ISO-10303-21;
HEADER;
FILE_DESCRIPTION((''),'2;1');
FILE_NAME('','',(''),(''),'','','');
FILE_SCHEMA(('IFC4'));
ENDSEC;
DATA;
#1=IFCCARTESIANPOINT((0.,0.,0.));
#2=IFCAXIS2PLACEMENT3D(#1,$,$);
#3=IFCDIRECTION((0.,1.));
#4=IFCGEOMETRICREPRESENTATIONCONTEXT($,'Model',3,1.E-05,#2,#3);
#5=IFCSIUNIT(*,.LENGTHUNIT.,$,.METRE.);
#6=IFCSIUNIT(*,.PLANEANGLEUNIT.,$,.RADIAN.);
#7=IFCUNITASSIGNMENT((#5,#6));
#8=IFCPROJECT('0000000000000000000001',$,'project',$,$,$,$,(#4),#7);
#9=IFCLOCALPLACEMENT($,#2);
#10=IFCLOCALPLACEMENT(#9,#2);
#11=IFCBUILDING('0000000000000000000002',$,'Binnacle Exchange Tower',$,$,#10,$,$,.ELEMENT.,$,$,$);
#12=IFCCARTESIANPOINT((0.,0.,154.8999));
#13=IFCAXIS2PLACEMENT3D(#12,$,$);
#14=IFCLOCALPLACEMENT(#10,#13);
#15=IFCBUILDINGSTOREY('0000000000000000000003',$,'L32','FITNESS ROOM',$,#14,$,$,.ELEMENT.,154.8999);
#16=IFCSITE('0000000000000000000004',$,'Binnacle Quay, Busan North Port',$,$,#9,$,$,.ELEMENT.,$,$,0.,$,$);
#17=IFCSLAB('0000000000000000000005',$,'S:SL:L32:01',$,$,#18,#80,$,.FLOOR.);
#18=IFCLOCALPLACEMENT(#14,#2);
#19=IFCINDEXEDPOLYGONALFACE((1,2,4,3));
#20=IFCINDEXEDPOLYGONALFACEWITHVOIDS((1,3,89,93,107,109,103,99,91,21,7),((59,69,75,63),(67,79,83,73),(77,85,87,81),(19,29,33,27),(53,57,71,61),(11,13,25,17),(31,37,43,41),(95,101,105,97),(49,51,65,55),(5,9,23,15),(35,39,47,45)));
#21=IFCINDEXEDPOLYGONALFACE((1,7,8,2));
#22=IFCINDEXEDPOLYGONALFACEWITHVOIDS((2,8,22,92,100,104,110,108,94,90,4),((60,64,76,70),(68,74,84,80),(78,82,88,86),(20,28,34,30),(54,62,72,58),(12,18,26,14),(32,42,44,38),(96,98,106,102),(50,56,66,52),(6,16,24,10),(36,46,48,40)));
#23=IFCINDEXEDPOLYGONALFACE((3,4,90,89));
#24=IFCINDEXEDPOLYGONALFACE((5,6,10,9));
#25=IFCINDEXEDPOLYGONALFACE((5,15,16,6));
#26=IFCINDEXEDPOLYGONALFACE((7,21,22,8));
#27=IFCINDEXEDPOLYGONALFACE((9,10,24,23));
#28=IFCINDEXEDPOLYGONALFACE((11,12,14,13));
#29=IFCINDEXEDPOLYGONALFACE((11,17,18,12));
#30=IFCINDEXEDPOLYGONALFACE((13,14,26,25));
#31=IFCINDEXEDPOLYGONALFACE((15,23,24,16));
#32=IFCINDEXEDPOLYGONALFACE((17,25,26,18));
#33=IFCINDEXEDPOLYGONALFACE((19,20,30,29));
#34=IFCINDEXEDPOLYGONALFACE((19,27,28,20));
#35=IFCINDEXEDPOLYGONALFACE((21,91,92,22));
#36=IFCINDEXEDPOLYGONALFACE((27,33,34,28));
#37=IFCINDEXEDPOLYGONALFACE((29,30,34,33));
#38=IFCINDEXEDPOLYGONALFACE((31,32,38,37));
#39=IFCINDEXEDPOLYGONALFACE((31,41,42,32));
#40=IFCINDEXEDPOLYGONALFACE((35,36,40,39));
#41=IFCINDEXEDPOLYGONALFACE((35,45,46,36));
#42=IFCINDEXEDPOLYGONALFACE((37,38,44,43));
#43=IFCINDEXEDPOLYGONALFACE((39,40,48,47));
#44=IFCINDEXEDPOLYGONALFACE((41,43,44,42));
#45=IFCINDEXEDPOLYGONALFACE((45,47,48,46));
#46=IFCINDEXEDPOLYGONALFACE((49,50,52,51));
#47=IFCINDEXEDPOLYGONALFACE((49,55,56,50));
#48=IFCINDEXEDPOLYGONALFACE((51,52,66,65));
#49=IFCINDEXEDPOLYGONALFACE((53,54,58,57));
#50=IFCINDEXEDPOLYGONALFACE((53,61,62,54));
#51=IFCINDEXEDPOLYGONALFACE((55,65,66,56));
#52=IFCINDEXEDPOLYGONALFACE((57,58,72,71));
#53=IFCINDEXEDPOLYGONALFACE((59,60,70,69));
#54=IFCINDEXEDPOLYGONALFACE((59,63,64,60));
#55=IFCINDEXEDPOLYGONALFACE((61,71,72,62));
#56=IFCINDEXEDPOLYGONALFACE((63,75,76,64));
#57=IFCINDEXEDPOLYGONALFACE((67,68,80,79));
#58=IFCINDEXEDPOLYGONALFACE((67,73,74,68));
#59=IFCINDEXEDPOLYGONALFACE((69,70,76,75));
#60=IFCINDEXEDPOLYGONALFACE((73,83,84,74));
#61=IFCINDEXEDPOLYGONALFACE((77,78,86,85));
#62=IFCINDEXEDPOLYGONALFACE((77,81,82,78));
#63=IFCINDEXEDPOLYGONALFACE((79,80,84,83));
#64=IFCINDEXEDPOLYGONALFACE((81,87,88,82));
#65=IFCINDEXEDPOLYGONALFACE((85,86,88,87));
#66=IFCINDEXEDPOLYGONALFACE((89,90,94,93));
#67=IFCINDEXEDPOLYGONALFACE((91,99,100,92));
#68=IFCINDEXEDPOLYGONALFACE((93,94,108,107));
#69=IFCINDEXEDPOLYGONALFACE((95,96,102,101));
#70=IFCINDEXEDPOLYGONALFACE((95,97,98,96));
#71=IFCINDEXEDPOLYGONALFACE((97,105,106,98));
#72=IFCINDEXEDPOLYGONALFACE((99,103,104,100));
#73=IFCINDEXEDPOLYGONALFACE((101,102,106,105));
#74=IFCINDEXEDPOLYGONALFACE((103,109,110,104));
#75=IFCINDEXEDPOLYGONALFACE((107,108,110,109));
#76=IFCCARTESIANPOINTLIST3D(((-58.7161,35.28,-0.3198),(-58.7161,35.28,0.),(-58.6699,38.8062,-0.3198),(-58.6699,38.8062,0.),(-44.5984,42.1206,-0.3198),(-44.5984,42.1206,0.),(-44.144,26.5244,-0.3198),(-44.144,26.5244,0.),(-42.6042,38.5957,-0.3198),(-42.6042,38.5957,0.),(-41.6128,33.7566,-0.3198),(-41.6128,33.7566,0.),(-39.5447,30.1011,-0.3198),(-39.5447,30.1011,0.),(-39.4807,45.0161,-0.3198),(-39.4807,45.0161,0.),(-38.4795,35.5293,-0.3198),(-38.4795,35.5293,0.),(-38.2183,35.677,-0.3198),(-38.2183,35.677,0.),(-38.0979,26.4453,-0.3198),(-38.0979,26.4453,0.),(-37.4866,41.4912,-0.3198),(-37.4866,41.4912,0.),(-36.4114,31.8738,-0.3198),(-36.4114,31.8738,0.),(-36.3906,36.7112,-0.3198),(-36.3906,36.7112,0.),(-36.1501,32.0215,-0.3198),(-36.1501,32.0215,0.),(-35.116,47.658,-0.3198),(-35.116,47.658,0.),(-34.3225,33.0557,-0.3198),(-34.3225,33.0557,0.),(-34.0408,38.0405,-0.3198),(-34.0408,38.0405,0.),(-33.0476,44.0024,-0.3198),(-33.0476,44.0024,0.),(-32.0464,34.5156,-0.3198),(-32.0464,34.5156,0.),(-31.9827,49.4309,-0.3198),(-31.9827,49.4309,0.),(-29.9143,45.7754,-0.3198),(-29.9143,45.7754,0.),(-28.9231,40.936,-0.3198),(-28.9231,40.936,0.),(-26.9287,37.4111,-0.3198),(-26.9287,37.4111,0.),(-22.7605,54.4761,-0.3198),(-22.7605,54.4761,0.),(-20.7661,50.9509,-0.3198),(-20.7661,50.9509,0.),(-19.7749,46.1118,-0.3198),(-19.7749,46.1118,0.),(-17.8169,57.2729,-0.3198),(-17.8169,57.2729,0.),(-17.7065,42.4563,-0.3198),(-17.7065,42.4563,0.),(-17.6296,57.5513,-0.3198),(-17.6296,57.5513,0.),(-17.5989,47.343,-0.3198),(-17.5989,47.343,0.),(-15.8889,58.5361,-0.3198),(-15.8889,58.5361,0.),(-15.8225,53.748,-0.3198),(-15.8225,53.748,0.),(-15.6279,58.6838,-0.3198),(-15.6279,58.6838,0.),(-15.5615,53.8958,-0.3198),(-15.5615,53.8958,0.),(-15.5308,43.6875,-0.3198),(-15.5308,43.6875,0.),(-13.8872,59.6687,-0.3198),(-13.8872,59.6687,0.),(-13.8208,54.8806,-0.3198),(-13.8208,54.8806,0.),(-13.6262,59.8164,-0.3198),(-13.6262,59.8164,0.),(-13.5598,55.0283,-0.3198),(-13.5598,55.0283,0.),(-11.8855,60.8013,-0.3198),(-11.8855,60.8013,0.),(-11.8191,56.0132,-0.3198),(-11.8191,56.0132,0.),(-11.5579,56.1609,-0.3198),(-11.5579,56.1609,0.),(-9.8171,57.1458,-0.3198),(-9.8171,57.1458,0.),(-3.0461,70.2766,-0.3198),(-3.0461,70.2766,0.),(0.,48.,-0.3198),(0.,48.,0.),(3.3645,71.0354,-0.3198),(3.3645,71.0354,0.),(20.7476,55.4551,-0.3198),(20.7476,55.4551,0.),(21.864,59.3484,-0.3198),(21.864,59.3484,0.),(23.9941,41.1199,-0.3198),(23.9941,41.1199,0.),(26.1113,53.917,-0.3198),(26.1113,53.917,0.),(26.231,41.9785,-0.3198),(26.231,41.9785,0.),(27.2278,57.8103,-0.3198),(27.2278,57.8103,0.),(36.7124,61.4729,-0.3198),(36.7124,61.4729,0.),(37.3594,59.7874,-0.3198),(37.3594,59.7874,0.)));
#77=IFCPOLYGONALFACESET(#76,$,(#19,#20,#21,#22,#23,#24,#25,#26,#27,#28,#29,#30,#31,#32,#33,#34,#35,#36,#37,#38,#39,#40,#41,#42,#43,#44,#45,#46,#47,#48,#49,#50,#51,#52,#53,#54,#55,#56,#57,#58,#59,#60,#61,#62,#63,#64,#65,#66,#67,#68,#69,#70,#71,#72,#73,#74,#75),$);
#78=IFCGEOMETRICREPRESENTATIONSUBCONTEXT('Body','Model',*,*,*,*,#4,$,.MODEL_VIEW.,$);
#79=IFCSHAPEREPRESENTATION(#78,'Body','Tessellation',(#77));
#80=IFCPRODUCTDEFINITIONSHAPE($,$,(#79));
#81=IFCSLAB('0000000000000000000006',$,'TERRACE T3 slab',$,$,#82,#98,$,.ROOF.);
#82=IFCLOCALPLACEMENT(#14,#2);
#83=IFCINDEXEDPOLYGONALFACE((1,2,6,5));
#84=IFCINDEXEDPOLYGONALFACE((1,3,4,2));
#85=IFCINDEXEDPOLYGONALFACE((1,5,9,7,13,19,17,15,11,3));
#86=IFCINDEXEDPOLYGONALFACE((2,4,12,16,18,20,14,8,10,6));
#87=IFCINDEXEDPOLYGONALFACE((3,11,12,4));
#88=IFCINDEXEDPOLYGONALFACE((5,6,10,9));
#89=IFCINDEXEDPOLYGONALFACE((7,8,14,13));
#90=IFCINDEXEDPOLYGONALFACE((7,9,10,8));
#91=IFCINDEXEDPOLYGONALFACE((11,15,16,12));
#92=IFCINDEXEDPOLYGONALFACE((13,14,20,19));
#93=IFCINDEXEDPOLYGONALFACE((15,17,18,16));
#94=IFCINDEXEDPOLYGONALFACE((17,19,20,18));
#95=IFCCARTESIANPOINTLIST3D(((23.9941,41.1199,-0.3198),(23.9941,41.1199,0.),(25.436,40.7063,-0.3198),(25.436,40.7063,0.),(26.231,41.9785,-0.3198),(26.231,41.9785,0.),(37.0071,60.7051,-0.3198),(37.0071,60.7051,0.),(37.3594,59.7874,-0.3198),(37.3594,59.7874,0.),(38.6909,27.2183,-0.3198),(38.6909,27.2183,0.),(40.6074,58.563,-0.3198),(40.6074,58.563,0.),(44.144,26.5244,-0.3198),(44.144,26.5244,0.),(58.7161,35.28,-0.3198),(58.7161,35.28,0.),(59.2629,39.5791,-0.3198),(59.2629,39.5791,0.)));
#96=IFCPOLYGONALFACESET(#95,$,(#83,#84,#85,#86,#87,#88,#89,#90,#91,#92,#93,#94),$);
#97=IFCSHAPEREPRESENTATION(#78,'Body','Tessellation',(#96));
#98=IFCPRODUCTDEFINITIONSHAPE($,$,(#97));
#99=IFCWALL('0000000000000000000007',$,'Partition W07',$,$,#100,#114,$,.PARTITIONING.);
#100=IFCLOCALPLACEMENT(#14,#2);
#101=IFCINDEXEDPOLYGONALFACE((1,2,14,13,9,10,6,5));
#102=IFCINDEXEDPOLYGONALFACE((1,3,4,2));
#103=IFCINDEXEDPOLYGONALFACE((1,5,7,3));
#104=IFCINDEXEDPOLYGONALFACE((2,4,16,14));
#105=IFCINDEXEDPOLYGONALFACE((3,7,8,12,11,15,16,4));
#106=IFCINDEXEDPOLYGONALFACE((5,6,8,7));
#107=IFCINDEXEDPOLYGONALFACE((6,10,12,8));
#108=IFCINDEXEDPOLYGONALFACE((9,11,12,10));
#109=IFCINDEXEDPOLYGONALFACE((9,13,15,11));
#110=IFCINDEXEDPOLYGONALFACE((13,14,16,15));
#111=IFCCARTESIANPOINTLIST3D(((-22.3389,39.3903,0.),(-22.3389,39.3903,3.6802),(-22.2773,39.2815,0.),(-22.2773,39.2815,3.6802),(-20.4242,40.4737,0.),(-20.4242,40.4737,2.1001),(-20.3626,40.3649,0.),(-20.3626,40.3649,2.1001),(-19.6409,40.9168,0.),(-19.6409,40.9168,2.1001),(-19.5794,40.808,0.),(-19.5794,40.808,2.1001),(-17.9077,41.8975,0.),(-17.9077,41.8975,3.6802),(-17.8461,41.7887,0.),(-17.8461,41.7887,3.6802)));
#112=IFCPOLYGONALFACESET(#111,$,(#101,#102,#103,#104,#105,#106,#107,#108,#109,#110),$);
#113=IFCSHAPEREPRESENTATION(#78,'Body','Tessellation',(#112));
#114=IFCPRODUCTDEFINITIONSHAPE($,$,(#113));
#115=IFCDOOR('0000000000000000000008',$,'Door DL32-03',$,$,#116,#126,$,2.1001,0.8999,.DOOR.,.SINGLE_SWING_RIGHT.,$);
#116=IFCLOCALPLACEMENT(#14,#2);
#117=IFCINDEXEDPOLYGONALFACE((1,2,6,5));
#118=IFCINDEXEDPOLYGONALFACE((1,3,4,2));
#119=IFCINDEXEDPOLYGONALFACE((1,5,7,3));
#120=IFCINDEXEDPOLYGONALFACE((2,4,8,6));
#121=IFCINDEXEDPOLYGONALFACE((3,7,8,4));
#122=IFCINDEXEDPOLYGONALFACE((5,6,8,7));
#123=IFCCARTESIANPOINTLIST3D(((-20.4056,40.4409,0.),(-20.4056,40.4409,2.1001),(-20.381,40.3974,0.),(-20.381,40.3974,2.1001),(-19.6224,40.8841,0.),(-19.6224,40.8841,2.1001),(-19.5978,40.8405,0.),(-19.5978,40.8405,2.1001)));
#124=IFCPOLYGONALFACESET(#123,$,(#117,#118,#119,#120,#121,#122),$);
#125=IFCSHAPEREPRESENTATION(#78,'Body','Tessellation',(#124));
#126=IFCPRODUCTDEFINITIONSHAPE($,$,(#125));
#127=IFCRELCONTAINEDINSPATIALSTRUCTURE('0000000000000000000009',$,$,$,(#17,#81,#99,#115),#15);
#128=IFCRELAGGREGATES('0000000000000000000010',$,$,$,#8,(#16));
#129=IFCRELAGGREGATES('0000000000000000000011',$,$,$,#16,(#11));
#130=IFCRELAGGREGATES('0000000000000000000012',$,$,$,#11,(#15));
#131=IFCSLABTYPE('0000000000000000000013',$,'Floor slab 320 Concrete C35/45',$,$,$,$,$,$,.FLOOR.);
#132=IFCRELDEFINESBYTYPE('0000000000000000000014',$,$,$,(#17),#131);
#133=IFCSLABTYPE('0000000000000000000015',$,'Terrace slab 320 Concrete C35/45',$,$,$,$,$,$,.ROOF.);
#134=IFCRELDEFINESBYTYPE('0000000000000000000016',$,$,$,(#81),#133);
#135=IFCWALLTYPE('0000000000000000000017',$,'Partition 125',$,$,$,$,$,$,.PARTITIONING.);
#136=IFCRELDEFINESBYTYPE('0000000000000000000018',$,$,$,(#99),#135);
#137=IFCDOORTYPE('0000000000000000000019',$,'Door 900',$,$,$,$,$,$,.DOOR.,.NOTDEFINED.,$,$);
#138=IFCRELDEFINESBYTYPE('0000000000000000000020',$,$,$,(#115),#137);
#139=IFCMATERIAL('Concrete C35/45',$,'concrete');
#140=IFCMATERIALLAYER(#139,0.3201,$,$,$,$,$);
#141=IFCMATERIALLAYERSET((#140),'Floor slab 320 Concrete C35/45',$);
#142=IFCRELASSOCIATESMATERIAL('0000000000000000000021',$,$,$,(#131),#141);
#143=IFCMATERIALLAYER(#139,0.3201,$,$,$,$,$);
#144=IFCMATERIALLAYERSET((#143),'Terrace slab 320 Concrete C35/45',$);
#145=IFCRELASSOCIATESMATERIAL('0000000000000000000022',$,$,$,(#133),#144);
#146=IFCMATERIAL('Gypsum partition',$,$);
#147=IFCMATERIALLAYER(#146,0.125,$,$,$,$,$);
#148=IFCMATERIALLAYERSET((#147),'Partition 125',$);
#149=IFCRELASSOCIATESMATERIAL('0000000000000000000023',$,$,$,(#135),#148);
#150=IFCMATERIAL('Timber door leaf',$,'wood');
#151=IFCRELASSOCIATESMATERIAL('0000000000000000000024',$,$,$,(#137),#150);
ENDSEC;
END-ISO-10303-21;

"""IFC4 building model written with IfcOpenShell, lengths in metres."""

from ifc_helpers import new_model, si_unit, direction, frame, frame_2d, origin, place, context, subcontext, project, spatial, polyline, rectangle, outline, extrude, material, layer, layer_set, type_object, element, fill, save


model = new_model("IFC4")

# Units and contexts
model_context = context("Model", 3, precision=1e-05, world=origin(), true_north=direction((0.0, 1.0)))
body_context = subcontext(model_context, "Body", "Model", "MODEL_VIEW")
ifc_project = project(units=[si_unit("LENGTHUNIT", "METRE"), si_unit("PLANEANGLEUNIT", "RADIAN")], contexts=[model_context])

# Site, building, storey
site_placement = place(None, origin())
site = spatial("IfcSite", under=ifc_project, at=site_placement, Name="Binnacle Quay, Busan North Port", CompositionType="ELEMENT", RefElevation=0.0)
building_placement = place(site_placement, origin())
building = spatial("IfcBuilding", under=site, at=building_placement, Name="Binnacle Exchange Tower", CompositionType="ELEMENT")
storey_placement = place(building_placement, frame((0.0, 0.0, 154.8999)))
storey = spatial("IfcBuildingStorey", under=building, at=storey_placement, Name="L32", Description="FITNESS ROOM", CompositionType="ELEMENT", Elevation=154.8999)

# Slabs
ifc_material_1 = material(Name="Concrete C35/45", Category="concrete")
ifc_layer_1 = layer(ifc_material_1, 0.3201)
ifc_layer_set_1 = layer_set([ifc_layer_1], Name="Floor slab 320 Concrete C35/45")
slab_type_1 = type_object("IfcSlabType", Name="Floor slab 320 Concrete C35/45", PredefinedType="FLOOR", material=ifc_layer_set_1)
slab_1_placement = place(storey_placement, frame((0.0, 0.0, -0.3198)))
element("IfcSlab", 1, at=slab_1_placement, inside=storey, type_object=slab_type_1, Name="S:SL:L32:01", PredefinedType="FLOOR", context=body_context, shape_type="SweptSolid", body=[
    extrude(outline(polyline([(-58.7161, 35.28), (-58.6699, 38.8062), (-3.0461, 70.2766), (3.3645, 71.0354), (36.7124, 61.4729), (37.3594, 59.7874), (26.231, 41.9785), (23.9941, 41.1199), (0.0, 48.0), (-38.0979, 26.4453), (-44.144, 26.5244), (-58.7161, 35.28)]), holes=[polyline([(-38.4795, 35.5293), (-41.6128, 33.7566), (-39.5447, 30.1011), (-36.4114, 31.8738), (-38.4795, 35.5293)]), polyline([(-36.3906, 36.7112), (-38.2183, 35.677), (-36.1501, 32.0215), (-34.3225, 33.0557), (-36.3906, 36.7112)]), polyline([(-32.0464, 34.5156), (-26.9287, 37.4111), (-28.9231, 40.936), (-34.0408, 38.0405), (-32.0464, 34.5156)]), polyline([(-37.4866, 41.4912), (-39.4807, 45.0161), (-44.5984, 42.1206), (-42.6042, 38.5957), (-37.4866, 41.4912)]), polyline([(-29.9143, 45.7754), (-31.9827, 49.4309), (-35.116, 47.658), (-33.0476, 44.0024), (-29.9143, 45.7754)]), polyline([(-17.8169, 57.2729), (-22.7605, 54.4761), (-20.7661, 50.9509), (-15.8225, 53.748), (-17.8169, 57.2729)]), polyline([(-15.5308, 43.6875), (-17.5989, 47.343), (-19.7749, 46.1118), (-17.7065, 42.4563), (-15.5308, 43.6875)]), polyline([(-13.8208, 54.8806), (-15.8889, 58.5361), (-17.6296, 57.5513), (-15.5615, 53.8958), (-13.8208, 54.8806)]), polyline([(27.2278, 57.8103), (21.864, 59.3484), (20.7476, 55.4551), (26.1113, 53.917), (27.2278, 57.8103)]), polyline([(-11.8191, 56.0132), (-13.8872, 59.6687), (-15.6279, 58.6838), (-13.5598, 55.0283), (-11.8191, 56.0132)]), polyline([(-9.8171, 57.1458), (-11.8855, 60.8013), (-13.6262, 59.8164), (-11.5579, 56.1609), (-9.8171, 57.1458)])]), origin(), (0.0, 0.0, 1.0), 0.3198),
])
ifc_layer_2 = layer(ifc_material_1, 0.3201)
ifc_layer_set_2 = layer_set([ifc_layer_2], Name="Terrace slab 320 Concrete C35/45")
slab_type_2 = type_object("IfcSlabType", Name="Terrace slab 320 Concrete C35/45", PredefinedType="ROOF", material=ifc_layer_set_2)
slab_2_placement = place(storey_placement, frame((0.0, 0.0, -0.3198)))
element("IfcSlab", 2, at=slab_2_placement, inside=storey, type_object=slab_type_2, Name="TERRACE T3 slab", PredefinedType="ROOF", context=body_context, shape_type="SweptSolid", body=[
    extrude(outline(polyline([(40.6074, 58.563), (59.2629, 39.5791), (58.7161, 35.28), (44.144, 26.5244), (38.6909, 27.2183), (25.436, 40.7063), (23.9941, 41.1199), (26.231, 41.9785), (37.3594, 59.7874), (37.0071, 60.7051), (40.6074, 58.563)])), origin(), (0.0, 0.0, 1.0), 0.3198),
])

# Wall, opening, door
ifc_material_2 = material(Name="Gypsum partition")
ifc_layer_3 = layer(ifc_material_2, 0.125)
ifc_layer_set_3 = layer_set([ifc_layer_3], Name="Partition 125")
wall_type = type_object("IfcWallType", Name="Partition 125", PredefinedType="PARTITIONING", material=ifc_layer_set_3)
wall_placement = place(storey_placement, frame((-22.3081, 39.3359, 0.0), z_axis=(0.0, 0.0, 1.0), x_axis=(0.870351, 0.492432, 0.0)))
wall = element("IfcWall", 3, at=wall_placement, inside=storey, type_object=wall_type, Name="Partition W07", PredefinedType="PARTITIONING", context=body_context, shape_type="SweptSolid", body=[
    extrude(rectangle(XDim=5.0913, YDim=0.125, at=frame_2d((2.5457, 0.0))), origin(), (0.0, 0.0, 1.0), 3.6802),
])
opening_placement = place(wall_placement, frame((2.2, 0.0, 0.0)))
opening = element("IfcOpeningElement", 4, at=opening_placement, cuts=wall, PredefinedType="OPENING", context=body_context, shape_type="SweptSolid", body=[
    extrude(rectangle(XDim=0.8999, YDim=2.1001, at=frame_2d((0.45, 1.05))), frame((0.0, 0.0725, 0.0), z_axis=(0.0, -1.0, 0.0), x_axis=(1.0, 0.0, 0.0)), (0.0, 0.0, 1.0), 0.145),
])
ifc_material_3 = material(Name="Timber door leaf", Category="wood")
door_type = type_object("IfcDoorType", Name="Door 900", OperationType="NOTDEFINED", PredefinedType="DOOR", material=ifc_material_3)
door_placement = place(opening_placement, origin())
door = element("IfcDoor", 5, at=door_placement, inside=storey, type_object=door_type, Name="Door DL32-03", OperationType="SINGLE_SWING_RIGHT", OverallHeight=2.1001, OverallWidth=0.8999, PredefinedType="DOOR", context=body_context, shape_type="SweptSolid", body=[
    extrude(rectangle(XDim=0.8999, YDim=2.1001, at=frame_2d((0.45, 1.05))), frame((0.0, 0.0249, 0.0), z_axis=(0.0, -1.0, 0.0), x_axis=(1.0, 0.0, 0.0)), (0.0, 0.0, 1.0), 0.05),
])
fill(opening, door)

save(model, "model.ifc")
